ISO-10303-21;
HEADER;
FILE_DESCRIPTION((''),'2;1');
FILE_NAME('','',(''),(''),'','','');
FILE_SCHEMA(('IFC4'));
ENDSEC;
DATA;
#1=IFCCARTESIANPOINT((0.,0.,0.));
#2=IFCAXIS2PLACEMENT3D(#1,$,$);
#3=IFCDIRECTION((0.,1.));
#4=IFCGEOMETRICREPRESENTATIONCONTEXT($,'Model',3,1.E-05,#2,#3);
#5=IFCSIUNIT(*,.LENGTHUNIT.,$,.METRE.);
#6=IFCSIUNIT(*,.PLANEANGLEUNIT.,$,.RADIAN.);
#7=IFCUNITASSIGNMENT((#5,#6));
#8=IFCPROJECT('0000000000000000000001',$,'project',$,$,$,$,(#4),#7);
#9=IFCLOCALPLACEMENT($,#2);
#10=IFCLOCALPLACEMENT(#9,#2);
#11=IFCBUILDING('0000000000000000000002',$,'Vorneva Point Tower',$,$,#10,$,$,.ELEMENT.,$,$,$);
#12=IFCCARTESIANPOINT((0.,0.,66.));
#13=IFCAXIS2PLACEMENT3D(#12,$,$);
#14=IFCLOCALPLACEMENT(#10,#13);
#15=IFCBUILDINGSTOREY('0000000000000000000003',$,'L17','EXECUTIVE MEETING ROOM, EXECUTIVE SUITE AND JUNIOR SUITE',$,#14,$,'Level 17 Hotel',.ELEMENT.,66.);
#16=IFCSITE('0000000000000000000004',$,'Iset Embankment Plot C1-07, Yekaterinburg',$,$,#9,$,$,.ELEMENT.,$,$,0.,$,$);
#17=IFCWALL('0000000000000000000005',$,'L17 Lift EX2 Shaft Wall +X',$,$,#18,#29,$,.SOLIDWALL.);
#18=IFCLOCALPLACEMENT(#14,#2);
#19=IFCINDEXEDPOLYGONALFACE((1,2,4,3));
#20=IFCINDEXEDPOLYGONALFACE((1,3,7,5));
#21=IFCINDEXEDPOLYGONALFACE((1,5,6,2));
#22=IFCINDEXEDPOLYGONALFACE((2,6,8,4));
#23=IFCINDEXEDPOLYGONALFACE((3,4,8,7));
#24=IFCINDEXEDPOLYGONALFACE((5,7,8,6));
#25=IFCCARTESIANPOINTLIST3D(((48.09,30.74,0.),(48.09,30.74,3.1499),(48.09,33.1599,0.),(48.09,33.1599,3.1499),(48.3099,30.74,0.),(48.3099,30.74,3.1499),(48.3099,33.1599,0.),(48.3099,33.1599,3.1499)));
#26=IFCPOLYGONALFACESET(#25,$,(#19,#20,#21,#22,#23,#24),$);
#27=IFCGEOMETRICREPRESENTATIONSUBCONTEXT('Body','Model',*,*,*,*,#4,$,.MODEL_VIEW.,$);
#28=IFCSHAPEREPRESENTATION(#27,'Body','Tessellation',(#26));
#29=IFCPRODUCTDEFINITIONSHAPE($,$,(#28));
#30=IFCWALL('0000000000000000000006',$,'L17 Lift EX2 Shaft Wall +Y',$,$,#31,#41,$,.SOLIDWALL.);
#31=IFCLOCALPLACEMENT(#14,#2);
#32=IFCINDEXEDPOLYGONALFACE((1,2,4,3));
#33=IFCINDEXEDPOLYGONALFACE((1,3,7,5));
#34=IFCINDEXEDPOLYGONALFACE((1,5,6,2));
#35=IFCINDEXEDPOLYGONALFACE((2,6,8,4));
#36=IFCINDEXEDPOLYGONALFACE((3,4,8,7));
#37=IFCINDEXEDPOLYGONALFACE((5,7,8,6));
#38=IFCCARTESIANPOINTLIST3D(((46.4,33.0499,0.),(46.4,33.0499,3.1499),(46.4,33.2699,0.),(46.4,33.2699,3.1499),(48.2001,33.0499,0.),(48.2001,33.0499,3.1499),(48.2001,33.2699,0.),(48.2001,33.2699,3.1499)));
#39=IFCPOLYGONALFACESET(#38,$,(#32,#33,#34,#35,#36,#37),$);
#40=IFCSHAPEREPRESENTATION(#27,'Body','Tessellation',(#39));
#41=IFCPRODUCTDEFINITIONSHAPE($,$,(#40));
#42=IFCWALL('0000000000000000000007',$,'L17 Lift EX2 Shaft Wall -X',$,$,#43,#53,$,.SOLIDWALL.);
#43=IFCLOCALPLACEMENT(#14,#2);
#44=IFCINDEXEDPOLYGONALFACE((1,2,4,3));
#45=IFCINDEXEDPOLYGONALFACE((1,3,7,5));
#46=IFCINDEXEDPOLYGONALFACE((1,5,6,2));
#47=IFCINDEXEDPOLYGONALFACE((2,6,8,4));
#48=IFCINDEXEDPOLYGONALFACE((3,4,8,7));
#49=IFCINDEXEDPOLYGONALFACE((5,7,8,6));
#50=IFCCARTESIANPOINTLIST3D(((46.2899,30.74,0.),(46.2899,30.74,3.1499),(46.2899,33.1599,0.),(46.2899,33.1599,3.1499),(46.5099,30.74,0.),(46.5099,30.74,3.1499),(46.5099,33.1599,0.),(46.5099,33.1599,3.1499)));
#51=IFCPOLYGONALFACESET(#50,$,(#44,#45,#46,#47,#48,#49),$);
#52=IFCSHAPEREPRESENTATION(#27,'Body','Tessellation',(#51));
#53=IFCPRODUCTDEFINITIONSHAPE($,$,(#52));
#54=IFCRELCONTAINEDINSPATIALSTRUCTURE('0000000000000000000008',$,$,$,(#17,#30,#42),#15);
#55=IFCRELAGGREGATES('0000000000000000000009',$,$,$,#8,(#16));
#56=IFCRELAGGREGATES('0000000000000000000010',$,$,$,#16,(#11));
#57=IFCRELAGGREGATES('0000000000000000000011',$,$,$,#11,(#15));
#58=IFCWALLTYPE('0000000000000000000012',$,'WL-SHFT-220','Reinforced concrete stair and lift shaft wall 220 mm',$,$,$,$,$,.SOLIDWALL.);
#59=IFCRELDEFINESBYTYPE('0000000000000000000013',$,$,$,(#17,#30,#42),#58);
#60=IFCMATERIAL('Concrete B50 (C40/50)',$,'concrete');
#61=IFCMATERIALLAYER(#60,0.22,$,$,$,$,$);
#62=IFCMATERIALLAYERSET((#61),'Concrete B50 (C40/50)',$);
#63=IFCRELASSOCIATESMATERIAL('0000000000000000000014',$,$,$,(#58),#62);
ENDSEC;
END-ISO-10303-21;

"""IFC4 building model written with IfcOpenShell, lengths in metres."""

from ifc_helpers import new_model, si_unit, direction, frame, frame_2d, origin, place, context, subcontext, project, spatial, rectangle, extrude, material, layer, layer_set, type_object, element, save


model = new_model("IFC4")

# Units and contexts
model_context = context("Model", 3, precision=1e-05, world=origin(), true_north=direction((0.0, 1.0)))
body_context = subcontext(model_context, "Body", "Model", "MODEL_VIEW")
ifc_project = project(units=[si_unit("LENGTHUNIT", "METRE"), si_unit("PLANEANGLEUNIT", "RADIAN")], contexts=[model_context])

# Site, building, storey
site_placement = place(None, origin())
site = spatial("IfcSite", under=ifc_project, at=site_placement, Name="Iset Embankment Plot C1-07, Yekaterinburg", CompositionType="ELEMENT", RefElevation=0.0)
building_placement = place(site_placement, origin())
building = spatial("IfcBuilding", under=site, at=building_placement, Name="Vorneva Point Tower", CompositionType="ELEMENT")
storey_placement = place(building_placement, frame((0.0, 0.0, 66.0)))
storey = spatial("IfcBuildingStorey", under=building, at=storey_placement, Name="L17", Description="EXECUTIVE MEETING ROOM, EXECUTIVE SUITE AND JUNIOR SUITE", LongName="Level 17 Hotel", CompositionType="ELEMENT", Elevation=66.0)

# Walls
ifc_material_1 = material(Name="Concrete B50 (C40/50)", Category="concrete")
ifc_layer_1 = layer(ifc_material_1, 0.22)
ifc_layer_set_1 = layer_set([ifc_layer_1], Name="Concrete B50 (C40/50)")
wall_type_1 = type_object("IfcWallType", Name="WL-SHFT-220", Description="Reinforced concrete stair and lift shaft wall 220 mm", PredefinedType="SOLIDWALL", material=ifc_layer_set_1)
wall_1_placement = place(storey_placement, frame((48.2, 30.74, 0.0), z_axis=(0.0, 0.0, 1.0), x_axis=(0.0, 1.0, 0.0)))
element("IfcWall", 1, at=wall_1_placement, inside=storey, type_object=wall_type_1, Name="L17 Lift EX2 Shaft Wall +X", PredefinedType="SOLIDWALL", context=body_context, shape_type="SweptSolid", body=[
    extrude(rectangle(XDim=2.4199, YDim=0.22, at=frame_2d((1.21, 0.0))), origin(), (0.0, 0.0, 1.0), 3.1499),
])
wall_2_placement = place(storey_placement, frame((48.2, 33.1599, 0.0), z_axis=(0.0, 0.0, 1.0), x_axis=(-1.0, 0.0, 0.0)))
element("IfcWall", 2, at=wall_2_placement, inside=storey, type_object=wall_type_1, Name="L17 Lift EX2 Shaft Wall +Y", PredefinedType="SOLIDWALL", context=body_context, shape_type="SweptSolid", body=[
    extrude(rectangle(XDim=1.8, YDim=0.22, at=frame_2d((0.8999, 0.0))), origin(), (0.0, 0.0, 1.0), 3.1499),
])
wall_3_placement = place(storey_placement, frame((46.3999, 33.1599, 0.0), z_axis=(0.0, 0.0, 1.0), x_axis=(0.0, -1.0, 0.0)))
element("IfcWall", 3, at=wall_3_placement, inside=storey, type_object=wall_type_1, Name="L17 Lift EX2 Shaft Wall -X", PredefinedType="SOLIDWALL", context=body_context, shape_type="SweptSolid", body=[
    extrude(rectangle(XDim=2.4199, YDim=0.22, at=frame_2d((1.21, 0.0))), origin(), (0.0, 0.0, 1.0), 3.1499),
])

save(model, "model.ifc")
